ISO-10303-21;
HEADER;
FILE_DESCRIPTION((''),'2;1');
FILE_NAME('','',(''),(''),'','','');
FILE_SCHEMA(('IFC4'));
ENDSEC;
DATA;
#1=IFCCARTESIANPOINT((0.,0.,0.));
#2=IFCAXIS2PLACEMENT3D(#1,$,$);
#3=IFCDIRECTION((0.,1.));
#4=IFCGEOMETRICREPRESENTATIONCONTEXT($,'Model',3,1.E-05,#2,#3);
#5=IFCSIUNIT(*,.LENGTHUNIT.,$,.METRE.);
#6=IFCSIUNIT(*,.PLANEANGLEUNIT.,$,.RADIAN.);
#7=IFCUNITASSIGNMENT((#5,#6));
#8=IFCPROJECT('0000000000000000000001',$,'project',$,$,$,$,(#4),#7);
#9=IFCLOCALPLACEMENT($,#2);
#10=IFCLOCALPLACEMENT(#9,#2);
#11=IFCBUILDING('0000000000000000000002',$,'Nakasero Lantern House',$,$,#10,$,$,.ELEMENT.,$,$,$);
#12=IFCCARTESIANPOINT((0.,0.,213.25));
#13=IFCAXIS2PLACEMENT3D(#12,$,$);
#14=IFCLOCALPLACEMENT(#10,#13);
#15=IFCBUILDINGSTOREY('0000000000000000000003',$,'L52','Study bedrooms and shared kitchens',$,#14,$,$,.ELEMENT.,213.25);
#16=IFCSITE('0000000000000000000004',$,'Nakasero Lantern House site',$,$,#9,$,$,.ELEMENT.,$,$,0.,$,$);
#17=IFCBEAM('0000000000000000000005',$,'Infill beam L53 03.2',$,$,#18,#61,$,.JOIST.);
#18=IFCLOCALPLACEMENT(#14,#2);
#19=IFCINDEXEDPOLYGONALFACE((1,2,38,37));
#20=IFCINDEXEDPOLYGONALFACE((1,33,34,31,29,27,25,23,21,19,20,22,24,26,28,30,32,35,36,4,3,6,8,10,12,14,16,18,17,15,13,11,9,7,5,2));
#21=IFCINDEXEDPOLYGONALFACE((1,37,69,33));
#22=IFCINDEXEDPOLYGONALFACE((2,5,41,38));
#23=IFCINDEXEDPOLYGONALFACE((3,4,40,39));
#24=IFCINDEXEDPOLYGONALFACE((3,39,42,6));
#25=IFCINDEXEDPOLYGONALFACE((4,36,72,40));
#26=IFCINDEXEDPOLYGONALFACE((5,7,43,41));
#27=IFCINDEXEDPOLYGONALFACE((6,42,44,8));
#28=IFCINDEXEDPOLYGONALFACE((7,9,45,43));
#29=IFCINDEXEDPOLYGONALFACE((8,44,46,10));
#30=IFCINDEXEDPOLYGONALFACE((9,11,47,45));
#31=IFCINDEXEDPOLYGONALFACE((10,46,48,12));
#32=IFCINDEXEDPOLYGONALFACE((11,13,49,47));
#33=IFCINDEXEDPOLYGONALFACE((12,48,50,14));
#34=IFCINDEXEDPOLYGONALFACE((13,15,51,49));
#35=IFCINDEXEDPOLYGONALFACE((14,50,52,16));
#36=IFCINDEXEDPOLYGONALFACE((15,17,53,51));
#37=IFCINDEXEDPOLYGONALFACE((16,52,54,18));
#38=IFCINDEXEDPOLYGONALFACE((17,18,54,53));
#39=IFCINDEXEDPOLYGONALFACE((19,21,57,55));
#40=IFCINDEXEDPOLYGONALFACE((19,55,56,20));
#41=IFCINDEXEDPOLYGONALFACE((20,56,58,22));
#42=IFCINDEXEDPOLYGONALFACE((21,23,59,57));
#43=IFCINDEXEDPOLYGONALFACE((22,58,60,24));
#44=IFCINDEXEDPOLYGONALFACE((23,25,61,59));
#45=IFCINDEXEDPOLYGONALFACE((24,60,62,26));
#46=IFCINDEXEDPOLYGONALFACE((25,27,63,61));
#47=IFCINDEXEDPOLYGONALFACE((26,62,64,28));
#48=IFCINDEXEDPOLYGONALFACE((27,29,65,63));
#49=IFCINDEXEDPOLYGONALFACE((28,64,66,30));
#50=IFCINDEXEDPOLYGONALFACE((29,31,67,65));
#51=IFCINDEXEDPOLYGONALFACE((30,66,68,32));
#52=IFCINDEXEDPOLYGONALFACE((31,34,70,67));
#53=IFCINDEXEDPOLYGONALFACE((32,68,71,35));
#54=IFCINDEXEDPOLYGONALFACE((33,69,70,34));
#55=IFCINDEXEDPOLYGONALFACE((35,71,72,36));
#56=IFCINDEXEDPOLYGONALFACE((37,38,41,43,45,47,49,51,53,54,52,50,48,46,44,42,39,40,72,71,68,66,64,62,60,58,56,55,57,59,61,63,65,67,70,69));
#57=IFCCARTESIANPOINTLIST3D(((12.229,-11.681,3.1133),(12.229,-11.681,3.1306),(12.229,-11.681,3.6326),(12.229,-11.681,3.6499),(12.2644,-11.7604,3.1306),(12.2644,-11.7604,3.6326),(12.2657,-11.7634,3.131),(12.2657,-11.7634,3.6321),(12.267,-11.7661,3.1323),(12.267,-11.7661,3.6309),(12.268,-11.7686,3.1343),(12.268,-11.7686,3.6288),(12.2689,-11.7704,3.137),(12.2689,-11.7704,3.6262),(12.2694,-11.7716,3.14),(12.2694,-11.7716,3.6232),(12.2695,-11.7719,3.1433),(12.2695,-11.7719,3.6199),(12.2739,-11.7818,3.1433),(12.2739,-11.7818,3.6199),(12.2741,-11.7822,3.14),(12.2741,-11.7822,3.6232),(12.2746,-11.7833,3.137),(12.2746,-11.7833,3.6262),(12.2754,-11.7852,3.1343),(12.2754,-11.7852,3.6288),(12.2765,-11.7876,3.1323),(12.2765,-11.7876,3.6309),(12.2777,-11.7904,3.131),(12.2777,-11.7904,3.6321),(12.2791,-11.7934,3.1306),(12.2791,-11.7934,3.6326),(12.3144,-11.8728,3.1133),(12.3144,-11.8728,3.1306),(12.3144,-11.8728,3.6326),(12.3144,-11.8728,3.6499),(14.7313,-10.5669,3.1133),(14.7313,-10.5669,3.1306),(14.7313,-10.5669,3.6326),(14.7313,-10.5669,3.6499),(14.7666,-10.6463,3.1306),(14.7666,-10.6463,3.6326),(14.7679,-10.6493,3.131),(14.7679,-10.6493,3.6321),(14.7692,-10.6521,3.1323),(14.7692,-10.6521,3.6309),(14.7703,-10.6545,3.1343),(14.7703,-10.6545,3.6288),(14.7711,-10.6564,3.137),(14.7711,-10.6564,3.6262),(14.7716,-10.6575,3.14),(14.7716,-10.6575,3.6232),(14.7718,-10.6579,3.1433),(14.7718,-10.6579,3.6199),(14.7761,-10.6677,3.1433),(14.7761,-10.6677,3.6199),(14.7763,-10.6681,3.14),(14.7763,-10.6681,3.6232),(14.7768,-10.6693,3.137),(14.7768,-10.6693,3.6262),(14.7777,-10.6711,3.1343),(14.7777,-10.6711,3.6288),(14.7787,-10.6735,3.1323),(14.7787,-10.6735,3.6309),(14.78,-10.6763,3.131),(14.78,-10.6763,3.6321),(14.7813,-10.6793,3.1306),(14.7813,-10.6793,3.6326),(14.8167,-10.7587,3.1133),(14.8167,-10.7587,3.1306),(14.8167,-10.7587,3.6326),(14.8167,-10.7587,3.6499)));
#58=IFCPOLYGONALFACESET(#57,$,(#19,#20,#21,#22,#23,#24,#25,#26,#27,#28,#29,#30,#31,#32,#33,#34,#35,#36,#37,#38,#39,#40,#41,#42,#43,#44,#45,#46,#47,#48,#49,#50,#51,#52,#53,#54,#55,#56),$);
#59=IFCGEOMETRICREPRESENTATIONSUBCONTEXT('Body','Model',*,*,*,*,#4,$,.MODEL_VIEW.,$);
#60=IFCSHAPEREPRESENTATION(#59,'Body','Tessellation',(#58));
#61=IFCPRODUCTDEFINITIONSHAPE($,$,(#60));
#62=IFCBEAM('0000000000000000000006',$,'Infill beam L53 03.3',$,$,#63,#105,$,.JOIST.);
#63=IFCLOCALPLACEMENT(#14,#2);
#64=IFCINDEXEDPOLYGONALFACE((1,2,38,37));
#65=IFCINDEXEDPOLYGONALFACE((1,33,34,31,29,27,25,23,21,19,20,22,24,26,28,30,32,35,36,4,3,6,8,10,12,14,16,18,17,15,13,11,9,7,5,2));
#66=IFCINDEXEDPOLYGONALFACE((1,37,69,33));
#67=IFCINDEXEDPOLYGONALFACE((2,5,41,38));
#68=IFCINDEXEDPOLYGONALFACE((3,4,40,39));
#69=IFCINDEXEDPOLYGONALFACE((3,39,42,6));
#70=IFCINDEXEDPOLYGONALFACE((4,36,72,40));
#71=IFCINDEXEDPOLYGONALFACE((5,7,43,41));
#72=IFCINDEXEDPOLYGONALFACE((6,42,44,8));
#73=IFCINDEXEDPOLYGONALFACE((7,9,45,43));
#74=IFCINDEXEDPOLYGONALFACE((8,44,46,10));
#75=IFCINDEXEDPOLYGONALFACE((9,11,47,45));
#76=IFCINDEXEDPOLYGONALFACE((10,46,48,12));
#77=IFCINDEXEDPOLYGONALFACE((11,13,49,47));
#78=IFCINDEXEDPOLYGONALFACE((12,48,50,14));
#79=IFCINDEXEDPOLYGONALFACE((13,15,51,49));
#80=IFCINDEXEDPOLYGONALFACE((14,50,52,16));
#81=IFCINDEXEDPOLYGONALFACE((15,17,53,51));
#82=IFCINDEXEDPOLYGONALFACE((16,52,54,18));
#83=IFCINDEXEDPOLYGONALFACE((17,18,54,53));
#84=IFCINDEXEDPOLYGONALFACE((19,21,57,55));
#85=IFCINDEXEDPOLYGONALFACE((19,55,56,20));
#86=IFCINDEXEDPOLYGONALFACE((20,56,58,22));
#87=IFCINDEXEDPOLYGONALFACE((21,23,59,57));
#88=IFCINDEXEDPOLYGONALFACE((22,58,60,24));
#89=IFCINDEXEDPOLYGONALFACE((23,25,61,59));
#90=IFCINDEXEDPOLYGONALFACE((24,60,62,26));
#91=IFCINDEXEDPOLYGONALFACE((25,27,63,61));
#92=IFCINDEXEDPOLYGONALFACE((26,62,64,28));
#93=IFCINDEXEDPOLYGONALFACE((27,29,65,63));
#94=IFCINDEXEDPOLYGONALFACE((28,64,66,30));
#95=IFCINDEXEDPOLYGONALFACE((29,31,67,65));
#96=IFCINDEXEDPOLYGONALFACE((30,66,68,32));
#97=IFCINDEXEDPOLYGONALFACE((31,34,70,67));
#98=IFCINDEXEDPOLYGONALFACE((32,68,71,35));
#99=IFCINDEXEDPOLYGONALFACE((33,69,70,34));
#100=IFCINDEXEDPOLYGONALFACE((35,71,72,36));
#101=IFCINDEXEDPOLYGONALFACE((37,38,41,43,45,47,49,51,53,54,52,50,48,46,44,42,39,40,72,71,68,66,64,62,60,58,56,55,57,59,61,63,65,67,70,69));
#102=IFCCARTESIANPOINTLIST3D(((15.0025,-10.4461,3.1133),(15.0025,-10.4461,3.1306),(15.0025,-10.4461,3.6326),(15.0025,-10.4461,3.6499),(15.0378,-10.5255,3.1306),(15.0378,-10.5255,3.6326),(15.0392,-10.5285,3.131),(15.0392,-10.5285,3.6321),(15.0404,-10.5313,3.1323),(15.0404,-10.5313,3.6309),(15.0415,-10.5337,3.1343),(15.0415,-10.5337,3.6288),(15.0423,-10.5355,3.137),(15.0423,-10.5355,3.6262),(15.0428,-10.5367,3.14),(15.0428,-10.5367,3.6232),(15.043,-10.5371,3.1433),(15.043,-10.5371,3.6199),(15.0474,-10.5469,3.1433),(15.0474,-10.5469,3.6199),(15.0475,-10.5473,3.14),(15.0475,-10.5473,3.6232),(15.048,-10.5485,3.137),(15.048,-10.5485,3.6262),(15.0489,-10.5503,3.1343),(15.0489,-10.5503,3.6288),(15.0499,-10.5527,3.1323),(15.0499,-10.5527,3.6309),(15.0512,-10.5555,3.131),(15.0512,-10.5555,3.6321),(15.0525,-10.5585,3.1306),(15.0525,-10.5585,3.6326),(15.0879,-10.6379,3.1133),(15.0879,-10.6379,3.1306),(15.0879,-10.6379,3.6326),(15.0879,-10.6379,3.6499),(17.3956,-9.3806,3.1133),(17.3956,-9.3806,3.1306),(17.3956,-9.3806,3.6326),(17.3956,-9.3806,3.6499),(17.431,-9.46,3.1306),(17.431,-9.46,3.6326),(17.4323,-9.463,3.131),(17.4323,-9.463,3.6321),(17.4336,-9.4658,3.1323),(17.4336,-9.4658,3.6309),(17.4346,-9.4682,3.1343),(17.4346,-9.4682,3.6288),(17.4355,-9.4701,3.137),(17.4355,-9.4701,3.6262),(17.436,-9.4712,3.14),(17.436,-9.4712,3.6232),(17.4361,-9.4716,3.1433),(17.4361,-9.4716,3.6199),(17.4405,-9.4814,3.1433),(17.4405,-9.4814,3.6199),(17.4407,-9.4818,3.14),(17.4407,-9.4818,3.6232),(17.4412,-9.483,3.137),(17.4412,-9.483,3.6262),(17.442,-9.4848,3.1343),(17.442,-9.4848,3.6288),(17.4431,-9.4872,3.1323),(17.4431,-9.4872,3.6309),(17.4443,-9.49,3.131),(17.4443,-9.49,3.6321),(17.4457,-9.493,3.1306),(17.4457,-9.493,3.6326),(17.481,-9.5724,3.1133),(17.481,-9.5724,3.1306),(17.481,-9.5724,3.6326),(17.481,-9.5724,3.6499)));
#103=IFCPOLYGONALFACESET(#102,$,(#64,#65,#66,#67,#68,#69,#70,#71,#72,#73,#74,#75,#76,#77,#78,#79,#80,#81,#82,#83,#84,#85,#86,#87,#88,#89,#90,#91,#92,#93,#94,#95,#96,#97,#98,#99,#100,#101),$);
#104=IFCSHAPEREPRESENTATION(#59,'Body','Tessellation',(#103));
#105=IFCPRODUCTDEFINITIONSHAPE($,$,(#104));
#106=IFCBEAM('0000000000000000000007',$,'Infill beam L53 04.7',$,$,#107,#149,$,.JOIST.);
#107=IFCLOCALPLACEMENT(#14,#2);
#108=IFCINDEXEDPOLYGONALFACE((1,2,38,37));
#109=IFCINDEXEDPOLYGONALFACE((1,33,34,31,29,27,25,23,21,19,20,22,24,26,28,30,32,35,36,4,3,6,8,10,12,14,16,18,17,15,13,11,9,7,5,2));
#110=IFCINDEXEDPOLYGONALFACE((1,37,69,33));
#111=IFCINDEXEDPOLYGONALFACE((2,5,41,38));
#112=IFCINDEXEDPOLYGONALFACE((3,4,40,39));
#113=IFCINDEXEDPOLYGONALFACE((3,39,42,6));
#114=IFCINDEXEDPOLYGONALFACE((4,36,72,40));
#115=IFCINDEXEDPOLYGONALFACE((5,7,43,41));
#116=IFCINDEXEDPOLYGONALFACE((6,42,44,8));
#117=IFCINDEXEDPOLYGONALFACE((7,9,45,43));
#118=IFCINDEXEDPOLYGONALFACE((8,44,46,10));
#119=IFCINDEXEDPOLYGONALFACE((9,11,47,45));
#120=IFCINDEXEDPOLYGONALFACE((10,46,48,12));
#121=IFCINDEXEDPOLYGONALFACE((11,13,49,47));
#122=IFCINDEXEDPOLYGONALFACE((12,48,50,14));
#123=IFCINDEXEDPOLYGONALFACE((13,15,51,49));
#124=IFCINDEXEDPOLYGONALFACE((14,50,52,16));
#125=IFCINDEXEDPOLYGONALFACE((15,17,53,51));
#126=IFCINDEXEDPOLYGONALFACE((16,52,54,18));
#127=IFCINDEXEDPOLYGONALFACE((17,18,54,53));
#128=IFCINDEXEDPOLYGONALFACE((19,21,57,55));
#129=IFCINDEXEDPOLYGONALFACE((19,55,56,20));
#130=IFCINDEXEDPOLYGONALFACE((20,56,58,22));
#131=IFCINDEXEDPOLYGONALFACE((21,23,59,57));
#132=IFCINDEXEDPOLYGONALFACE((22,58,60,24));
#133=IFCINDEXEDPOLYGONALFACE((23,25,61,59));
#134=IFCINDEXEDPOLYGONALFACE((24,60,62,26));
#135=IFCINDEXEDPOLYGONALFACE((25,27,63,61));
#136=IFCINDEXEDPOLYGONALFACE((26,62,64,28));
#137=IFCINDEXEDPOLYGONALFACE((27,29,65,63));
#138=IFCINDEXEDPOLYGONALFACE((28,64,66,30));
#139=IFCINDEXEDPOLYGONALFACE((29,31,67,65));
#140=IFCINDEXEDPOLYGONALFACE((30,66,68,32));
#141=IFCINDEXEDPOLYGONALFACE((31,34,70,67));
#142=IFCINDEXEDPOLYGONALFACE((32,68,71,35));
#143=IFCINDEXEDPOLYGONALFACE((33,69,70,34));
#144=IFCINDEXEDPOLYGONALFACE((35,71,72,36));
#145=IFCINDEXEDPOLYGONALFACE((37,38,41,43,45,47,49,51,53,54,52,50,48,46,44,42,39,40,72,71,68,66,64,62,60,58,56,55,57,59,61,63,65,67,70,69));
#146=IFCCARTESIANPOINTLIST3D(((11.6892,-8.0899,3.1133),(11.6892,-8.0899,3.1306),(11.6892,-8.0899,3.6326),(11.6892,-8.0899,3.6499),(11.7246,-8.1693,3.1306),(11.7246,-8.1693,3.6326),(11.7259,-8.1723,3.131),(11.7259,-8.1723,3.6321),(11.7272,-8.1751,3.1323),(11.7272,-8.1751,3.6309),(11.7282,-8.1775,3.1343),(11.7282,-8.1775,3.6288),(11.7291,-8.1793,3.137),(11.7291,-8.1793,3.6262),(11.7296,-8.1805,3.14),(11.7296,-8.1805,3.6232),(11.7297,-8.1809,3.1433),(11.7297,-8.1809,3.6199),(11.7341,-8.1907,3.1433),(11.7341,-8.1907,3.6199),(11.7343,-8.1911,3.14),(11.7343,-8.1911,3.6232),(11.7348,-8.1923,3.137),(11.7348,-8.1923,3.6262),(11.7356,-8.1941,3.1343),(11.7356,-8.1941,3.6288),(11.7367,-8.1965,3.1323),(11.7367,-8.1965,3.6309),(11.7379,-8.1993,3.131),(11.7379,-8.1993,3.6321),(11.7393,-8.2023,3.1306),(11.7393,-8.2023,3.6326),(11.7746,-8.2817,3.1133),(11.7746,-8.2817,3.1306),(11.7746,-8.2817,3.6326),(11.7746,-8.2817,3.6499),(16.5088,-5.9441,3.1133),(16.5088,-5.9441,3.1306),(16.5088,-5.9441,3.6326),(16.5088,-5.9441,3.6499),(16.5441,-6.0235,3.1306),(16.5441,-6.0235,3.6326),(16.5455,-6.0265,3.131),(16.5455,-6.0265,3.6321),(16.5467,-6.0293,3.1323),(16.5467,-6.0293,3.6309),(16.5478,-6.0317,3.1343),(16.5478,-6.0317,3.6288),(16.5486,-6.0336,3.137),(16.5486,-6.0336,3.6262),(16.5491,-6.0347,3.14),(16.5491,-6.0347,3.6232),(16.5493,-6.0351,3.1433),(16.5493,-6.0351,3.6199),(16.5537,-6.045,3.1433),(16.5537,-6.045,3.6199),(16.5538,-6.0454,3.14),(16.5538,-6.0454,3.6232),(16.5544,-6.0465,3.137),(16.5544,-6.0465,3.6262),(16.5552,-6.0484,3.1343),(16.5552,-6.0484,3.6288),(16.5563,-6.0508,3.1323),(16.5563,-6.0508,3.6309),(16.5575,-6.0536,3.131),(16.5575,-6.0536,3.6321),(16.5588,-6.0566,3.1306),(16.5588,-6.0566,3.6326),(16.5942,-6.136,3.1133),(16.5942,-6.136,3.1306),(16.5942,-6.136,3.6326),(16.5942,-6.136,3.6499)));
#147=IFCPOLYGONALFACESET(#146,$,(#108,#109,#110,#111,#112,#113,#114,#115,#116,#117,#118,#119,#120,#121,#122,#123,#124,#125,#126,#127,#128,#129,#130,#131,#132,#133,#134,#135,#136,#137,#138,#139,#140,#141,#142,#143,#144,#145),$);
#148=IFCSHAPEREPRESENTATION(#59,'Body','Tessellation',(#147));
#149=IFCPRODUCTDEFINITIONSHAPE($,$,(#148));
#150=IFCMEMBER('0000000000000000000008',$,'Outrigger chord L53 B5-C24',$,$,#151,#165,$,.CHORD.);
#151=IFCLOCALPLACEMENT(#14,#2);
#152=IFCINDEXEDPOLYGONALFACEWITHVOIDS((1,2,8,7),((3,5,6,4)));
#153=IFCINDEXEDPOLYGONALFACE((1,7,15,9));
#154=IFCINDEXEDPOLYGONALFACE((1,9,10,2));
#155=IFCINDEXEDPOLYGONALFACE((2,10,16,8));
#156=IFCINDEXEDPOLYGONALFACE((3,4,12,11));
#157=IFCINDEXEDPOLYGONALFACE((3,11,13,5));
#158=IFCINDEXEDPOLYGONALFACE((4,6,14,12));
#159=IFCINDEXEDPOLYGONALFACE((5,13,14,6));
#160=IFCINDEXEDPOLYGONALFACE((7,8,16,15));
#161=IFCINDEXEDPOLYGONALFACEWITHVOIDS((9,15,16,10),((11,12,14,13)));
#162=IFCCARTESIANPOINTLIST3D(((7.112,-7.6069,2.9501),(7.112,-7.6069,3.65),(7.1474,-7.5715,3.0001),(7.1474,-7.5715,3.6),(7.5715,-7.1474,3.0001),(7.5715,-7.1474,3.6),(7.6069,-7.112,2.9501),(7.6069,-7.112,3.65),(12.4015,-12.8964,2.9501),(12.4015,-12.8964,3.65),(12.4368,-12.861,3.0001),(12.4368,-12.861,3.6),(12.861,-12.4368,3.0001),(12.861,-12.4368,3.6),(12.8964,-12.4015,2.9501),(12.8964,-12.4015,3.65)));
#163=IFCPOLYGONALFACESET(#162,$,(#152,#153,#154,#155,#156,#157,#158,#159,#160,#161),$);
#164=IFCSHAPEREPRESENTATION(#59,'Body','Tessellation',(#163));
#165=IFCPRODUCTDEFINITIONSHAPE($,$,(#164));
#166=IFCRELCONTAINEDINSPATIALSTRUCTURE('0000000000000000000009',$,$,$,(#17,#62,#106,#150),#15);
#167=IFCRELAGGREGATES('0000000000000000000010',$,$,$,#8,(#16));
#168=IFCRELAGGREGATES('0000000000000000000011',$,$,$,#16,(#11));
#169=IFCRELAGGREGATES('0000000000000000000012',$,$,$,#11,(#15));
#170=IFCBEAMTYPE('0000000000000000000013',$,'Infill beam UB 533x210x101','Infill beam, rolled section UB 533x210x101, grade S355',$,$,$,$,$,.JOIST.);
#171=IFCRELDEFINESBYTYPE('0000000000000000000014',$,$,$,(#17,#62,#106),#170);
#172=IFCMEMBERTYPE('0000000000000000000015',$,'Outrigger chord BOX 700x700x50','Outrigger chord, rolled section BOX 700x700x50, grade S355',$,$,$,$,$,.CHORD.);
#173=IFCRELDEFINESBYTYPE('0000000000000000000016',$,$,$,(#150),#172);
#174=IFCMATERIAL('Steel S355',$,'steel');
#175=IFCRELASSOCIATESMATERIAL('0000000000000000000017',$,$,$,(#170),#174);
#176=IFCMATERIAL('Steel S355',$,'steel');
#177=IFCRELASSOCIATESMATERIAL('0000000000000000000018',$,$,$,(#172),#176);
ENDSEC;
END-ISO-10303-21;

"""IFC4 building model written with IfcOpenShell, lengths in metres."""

from ifc_helpers import new_model, si_unit, direction, frame, origin, origin_2d, place, context, subcontext, project, spatial, hollow_rectangle, i_section, extrude, material, material_profile, profile_set, type_object, element, save


model = new_model("IFC4")

# Units and contexts
model_context = context("Model", 3, precision=1e-05, world=origin(), true_north=direction((0.0, 1.0)))
body_context = subcontext(model_context, "Body", "Model", "MODEL_VIEW")
ifc_project = project(units=[si_unit("LENGTHUNIT", "METRE"), si_unit("PLANEANGLEUNIT", "RADIAN")], contexts=[model_context])

# Site, building, storey
site_placement = place(None, origin())
site = spatial("IfcSite", under=ifc_project, at=site_placement, Name="Nakasero Lantern House site", CompositionType="ELEMENT", RefElevation=0.0)
building_placement = place(site_placement, origin())
building = spatial("IfcBuilding", under=site, at=building_placement, Name="Nakasero Lantern House", CompositionType="ELEMENT")
storey_placement = place(building_placement, frame((0.0, 0.0, 213.25)))
storey = spatial("IfcBuildingStorey", under=building, at=storey_placement, Name="L52", Description="Study bedrooms and shared kitchens", CompositionType="ELEMENT", Elevation=213.25)

# Beams
ifc_material_1 = material(Name="Steel S355", Category="steel")
ifc_material_profile_1 = material_profile(ifc_material_1, i_section(OverallWidth=0.21, OverallDepth=0.5366, WebThickness=0.0107, FlangeThickness=0.0173, FilletRadius=0.0127, at=origin_2d()), Name="UB 533x210x101")
ifc_profile_set_1 = profile_set([ifc_material_profile_1], Name="Steel S355")
beam_type_1 = type_object("IfcBeamType", Name="Infill beam UB 533x210x101", Description="Infill beam, rolled section UB 533x210x101, grade S355", PredefinedType="JOIST", material=ifc_profile_set_1)
beam_1_placement = place(storey_placement, frame((12.2717, -11.7769, 3.3816), z_axis=(0.91355, 0.406726, 0.0), x_axis=(-0.406726, 0.91355, 0.0)))
element("IfcBeam", 1, at=beam_1_placement, inside=storey, type_object=beam_type_1, Name="Infill beam L53 03.2", PredefinedType="JOIST", context=body_context, shape_type="SweptSolid", body=[
    extrude(i_section(OverallWidth=0.21, OverallDepth=0.5366, WebThickness=0.0107, FlangeThickness=0.0173, FilletRadius=0.0127, at=origin_2d()), origin(), (0.0, 0.0, 1.0), 2.739),
])
beam_2_placement = place(storey_placement, frame((15.0452, -10.542, 3.3816), z_axis=(0.91355, 0.406726, 0.0), x_axis=(-0.406726, 0.91355, 0.0)))
element("IfcBeam", 2, at=beam_2_placement, inside=storey, type_object=beam_type_1, Name="Infill beam L53 03.3", PredefinedType="JOIST", context=body_context, shape_type="SweptSolid", body=[
    extrude(i_section(OverallWidth=0.21, OverallDepth=0.5366, WebThickness=0.0107, FlangeThickness=0.0173, FilletRadius=0.0127, at=origin_2d()), origin(), (0.0, 0.0, 1.0), 2.6196),
])
beam_3_placement = place(storey_placement, frame((11.7319, -8.1858, 3.3816), z_axis=(0.91355, 0.406727, 0.0), x_axis=(-0.406727, 0.91355, 0.0)))
element("IfcBeam", 3, at=beam_3_placement, inside=storey, type_object=beam_type_1, Name="Infill beam L53 04.7", PredefinedType="JOIST", context=body_context, shape_type="SweptSolid", body=[
    extrude(i_section(OverallWidth=0.21, OverallDepth=0.5366, WebThickness=0.0107, FlangeThickness=0.0173, FilletRadius=0.0127, at=origin_2d()), origin(), (0.0, 0.0, 1.0), 5.2756),
])

# Member
ifc_material_2 = material(Name="Steel S355", Category="steel")
ifc_material_profile_2 = material_profile(ifc_material_2, hollow_rectangle(XDim=0.7, YDim=0.7, WallThickness=0.05, at=origin_2d()), Name="BOX 700x700x50")
ifc_profile_set_2 = profile_set([ifc_material_profile_2], Name="Steel S355")
member_type_1 = type_object("IfcMemberType", Name="Outrigger chord BOX 700x700x50", Description="Outrigger chord, rolled section BOX 700x700x50, grade S355", PredefinedType="CHORD", material=ifc_profile_set_2)
member_1_placement = place(storey_placement, frame((12.6489, -12.6489, 3.3), z_axis=(-0.707107, 0.707107, 0.0), x_axis=(-0.707107, -0.707107, 0.0)))
element("IfcMember", 4, at=member_1_placement, inside=storey, type_object=member_type_1, Name="Outrigger chord L53 B5-C24", PredefinedType="CHORD", context=body_context, shape_type="SweptSolid", body=[
    extrude(hollow_rectangle(XDim=0.7, YDim=0.7, WallThickness=0.05, at=origin_2d()), origin(), (0.0, 0.0, 1.0), 7.4805),
])

save(model, "model.ifc")
